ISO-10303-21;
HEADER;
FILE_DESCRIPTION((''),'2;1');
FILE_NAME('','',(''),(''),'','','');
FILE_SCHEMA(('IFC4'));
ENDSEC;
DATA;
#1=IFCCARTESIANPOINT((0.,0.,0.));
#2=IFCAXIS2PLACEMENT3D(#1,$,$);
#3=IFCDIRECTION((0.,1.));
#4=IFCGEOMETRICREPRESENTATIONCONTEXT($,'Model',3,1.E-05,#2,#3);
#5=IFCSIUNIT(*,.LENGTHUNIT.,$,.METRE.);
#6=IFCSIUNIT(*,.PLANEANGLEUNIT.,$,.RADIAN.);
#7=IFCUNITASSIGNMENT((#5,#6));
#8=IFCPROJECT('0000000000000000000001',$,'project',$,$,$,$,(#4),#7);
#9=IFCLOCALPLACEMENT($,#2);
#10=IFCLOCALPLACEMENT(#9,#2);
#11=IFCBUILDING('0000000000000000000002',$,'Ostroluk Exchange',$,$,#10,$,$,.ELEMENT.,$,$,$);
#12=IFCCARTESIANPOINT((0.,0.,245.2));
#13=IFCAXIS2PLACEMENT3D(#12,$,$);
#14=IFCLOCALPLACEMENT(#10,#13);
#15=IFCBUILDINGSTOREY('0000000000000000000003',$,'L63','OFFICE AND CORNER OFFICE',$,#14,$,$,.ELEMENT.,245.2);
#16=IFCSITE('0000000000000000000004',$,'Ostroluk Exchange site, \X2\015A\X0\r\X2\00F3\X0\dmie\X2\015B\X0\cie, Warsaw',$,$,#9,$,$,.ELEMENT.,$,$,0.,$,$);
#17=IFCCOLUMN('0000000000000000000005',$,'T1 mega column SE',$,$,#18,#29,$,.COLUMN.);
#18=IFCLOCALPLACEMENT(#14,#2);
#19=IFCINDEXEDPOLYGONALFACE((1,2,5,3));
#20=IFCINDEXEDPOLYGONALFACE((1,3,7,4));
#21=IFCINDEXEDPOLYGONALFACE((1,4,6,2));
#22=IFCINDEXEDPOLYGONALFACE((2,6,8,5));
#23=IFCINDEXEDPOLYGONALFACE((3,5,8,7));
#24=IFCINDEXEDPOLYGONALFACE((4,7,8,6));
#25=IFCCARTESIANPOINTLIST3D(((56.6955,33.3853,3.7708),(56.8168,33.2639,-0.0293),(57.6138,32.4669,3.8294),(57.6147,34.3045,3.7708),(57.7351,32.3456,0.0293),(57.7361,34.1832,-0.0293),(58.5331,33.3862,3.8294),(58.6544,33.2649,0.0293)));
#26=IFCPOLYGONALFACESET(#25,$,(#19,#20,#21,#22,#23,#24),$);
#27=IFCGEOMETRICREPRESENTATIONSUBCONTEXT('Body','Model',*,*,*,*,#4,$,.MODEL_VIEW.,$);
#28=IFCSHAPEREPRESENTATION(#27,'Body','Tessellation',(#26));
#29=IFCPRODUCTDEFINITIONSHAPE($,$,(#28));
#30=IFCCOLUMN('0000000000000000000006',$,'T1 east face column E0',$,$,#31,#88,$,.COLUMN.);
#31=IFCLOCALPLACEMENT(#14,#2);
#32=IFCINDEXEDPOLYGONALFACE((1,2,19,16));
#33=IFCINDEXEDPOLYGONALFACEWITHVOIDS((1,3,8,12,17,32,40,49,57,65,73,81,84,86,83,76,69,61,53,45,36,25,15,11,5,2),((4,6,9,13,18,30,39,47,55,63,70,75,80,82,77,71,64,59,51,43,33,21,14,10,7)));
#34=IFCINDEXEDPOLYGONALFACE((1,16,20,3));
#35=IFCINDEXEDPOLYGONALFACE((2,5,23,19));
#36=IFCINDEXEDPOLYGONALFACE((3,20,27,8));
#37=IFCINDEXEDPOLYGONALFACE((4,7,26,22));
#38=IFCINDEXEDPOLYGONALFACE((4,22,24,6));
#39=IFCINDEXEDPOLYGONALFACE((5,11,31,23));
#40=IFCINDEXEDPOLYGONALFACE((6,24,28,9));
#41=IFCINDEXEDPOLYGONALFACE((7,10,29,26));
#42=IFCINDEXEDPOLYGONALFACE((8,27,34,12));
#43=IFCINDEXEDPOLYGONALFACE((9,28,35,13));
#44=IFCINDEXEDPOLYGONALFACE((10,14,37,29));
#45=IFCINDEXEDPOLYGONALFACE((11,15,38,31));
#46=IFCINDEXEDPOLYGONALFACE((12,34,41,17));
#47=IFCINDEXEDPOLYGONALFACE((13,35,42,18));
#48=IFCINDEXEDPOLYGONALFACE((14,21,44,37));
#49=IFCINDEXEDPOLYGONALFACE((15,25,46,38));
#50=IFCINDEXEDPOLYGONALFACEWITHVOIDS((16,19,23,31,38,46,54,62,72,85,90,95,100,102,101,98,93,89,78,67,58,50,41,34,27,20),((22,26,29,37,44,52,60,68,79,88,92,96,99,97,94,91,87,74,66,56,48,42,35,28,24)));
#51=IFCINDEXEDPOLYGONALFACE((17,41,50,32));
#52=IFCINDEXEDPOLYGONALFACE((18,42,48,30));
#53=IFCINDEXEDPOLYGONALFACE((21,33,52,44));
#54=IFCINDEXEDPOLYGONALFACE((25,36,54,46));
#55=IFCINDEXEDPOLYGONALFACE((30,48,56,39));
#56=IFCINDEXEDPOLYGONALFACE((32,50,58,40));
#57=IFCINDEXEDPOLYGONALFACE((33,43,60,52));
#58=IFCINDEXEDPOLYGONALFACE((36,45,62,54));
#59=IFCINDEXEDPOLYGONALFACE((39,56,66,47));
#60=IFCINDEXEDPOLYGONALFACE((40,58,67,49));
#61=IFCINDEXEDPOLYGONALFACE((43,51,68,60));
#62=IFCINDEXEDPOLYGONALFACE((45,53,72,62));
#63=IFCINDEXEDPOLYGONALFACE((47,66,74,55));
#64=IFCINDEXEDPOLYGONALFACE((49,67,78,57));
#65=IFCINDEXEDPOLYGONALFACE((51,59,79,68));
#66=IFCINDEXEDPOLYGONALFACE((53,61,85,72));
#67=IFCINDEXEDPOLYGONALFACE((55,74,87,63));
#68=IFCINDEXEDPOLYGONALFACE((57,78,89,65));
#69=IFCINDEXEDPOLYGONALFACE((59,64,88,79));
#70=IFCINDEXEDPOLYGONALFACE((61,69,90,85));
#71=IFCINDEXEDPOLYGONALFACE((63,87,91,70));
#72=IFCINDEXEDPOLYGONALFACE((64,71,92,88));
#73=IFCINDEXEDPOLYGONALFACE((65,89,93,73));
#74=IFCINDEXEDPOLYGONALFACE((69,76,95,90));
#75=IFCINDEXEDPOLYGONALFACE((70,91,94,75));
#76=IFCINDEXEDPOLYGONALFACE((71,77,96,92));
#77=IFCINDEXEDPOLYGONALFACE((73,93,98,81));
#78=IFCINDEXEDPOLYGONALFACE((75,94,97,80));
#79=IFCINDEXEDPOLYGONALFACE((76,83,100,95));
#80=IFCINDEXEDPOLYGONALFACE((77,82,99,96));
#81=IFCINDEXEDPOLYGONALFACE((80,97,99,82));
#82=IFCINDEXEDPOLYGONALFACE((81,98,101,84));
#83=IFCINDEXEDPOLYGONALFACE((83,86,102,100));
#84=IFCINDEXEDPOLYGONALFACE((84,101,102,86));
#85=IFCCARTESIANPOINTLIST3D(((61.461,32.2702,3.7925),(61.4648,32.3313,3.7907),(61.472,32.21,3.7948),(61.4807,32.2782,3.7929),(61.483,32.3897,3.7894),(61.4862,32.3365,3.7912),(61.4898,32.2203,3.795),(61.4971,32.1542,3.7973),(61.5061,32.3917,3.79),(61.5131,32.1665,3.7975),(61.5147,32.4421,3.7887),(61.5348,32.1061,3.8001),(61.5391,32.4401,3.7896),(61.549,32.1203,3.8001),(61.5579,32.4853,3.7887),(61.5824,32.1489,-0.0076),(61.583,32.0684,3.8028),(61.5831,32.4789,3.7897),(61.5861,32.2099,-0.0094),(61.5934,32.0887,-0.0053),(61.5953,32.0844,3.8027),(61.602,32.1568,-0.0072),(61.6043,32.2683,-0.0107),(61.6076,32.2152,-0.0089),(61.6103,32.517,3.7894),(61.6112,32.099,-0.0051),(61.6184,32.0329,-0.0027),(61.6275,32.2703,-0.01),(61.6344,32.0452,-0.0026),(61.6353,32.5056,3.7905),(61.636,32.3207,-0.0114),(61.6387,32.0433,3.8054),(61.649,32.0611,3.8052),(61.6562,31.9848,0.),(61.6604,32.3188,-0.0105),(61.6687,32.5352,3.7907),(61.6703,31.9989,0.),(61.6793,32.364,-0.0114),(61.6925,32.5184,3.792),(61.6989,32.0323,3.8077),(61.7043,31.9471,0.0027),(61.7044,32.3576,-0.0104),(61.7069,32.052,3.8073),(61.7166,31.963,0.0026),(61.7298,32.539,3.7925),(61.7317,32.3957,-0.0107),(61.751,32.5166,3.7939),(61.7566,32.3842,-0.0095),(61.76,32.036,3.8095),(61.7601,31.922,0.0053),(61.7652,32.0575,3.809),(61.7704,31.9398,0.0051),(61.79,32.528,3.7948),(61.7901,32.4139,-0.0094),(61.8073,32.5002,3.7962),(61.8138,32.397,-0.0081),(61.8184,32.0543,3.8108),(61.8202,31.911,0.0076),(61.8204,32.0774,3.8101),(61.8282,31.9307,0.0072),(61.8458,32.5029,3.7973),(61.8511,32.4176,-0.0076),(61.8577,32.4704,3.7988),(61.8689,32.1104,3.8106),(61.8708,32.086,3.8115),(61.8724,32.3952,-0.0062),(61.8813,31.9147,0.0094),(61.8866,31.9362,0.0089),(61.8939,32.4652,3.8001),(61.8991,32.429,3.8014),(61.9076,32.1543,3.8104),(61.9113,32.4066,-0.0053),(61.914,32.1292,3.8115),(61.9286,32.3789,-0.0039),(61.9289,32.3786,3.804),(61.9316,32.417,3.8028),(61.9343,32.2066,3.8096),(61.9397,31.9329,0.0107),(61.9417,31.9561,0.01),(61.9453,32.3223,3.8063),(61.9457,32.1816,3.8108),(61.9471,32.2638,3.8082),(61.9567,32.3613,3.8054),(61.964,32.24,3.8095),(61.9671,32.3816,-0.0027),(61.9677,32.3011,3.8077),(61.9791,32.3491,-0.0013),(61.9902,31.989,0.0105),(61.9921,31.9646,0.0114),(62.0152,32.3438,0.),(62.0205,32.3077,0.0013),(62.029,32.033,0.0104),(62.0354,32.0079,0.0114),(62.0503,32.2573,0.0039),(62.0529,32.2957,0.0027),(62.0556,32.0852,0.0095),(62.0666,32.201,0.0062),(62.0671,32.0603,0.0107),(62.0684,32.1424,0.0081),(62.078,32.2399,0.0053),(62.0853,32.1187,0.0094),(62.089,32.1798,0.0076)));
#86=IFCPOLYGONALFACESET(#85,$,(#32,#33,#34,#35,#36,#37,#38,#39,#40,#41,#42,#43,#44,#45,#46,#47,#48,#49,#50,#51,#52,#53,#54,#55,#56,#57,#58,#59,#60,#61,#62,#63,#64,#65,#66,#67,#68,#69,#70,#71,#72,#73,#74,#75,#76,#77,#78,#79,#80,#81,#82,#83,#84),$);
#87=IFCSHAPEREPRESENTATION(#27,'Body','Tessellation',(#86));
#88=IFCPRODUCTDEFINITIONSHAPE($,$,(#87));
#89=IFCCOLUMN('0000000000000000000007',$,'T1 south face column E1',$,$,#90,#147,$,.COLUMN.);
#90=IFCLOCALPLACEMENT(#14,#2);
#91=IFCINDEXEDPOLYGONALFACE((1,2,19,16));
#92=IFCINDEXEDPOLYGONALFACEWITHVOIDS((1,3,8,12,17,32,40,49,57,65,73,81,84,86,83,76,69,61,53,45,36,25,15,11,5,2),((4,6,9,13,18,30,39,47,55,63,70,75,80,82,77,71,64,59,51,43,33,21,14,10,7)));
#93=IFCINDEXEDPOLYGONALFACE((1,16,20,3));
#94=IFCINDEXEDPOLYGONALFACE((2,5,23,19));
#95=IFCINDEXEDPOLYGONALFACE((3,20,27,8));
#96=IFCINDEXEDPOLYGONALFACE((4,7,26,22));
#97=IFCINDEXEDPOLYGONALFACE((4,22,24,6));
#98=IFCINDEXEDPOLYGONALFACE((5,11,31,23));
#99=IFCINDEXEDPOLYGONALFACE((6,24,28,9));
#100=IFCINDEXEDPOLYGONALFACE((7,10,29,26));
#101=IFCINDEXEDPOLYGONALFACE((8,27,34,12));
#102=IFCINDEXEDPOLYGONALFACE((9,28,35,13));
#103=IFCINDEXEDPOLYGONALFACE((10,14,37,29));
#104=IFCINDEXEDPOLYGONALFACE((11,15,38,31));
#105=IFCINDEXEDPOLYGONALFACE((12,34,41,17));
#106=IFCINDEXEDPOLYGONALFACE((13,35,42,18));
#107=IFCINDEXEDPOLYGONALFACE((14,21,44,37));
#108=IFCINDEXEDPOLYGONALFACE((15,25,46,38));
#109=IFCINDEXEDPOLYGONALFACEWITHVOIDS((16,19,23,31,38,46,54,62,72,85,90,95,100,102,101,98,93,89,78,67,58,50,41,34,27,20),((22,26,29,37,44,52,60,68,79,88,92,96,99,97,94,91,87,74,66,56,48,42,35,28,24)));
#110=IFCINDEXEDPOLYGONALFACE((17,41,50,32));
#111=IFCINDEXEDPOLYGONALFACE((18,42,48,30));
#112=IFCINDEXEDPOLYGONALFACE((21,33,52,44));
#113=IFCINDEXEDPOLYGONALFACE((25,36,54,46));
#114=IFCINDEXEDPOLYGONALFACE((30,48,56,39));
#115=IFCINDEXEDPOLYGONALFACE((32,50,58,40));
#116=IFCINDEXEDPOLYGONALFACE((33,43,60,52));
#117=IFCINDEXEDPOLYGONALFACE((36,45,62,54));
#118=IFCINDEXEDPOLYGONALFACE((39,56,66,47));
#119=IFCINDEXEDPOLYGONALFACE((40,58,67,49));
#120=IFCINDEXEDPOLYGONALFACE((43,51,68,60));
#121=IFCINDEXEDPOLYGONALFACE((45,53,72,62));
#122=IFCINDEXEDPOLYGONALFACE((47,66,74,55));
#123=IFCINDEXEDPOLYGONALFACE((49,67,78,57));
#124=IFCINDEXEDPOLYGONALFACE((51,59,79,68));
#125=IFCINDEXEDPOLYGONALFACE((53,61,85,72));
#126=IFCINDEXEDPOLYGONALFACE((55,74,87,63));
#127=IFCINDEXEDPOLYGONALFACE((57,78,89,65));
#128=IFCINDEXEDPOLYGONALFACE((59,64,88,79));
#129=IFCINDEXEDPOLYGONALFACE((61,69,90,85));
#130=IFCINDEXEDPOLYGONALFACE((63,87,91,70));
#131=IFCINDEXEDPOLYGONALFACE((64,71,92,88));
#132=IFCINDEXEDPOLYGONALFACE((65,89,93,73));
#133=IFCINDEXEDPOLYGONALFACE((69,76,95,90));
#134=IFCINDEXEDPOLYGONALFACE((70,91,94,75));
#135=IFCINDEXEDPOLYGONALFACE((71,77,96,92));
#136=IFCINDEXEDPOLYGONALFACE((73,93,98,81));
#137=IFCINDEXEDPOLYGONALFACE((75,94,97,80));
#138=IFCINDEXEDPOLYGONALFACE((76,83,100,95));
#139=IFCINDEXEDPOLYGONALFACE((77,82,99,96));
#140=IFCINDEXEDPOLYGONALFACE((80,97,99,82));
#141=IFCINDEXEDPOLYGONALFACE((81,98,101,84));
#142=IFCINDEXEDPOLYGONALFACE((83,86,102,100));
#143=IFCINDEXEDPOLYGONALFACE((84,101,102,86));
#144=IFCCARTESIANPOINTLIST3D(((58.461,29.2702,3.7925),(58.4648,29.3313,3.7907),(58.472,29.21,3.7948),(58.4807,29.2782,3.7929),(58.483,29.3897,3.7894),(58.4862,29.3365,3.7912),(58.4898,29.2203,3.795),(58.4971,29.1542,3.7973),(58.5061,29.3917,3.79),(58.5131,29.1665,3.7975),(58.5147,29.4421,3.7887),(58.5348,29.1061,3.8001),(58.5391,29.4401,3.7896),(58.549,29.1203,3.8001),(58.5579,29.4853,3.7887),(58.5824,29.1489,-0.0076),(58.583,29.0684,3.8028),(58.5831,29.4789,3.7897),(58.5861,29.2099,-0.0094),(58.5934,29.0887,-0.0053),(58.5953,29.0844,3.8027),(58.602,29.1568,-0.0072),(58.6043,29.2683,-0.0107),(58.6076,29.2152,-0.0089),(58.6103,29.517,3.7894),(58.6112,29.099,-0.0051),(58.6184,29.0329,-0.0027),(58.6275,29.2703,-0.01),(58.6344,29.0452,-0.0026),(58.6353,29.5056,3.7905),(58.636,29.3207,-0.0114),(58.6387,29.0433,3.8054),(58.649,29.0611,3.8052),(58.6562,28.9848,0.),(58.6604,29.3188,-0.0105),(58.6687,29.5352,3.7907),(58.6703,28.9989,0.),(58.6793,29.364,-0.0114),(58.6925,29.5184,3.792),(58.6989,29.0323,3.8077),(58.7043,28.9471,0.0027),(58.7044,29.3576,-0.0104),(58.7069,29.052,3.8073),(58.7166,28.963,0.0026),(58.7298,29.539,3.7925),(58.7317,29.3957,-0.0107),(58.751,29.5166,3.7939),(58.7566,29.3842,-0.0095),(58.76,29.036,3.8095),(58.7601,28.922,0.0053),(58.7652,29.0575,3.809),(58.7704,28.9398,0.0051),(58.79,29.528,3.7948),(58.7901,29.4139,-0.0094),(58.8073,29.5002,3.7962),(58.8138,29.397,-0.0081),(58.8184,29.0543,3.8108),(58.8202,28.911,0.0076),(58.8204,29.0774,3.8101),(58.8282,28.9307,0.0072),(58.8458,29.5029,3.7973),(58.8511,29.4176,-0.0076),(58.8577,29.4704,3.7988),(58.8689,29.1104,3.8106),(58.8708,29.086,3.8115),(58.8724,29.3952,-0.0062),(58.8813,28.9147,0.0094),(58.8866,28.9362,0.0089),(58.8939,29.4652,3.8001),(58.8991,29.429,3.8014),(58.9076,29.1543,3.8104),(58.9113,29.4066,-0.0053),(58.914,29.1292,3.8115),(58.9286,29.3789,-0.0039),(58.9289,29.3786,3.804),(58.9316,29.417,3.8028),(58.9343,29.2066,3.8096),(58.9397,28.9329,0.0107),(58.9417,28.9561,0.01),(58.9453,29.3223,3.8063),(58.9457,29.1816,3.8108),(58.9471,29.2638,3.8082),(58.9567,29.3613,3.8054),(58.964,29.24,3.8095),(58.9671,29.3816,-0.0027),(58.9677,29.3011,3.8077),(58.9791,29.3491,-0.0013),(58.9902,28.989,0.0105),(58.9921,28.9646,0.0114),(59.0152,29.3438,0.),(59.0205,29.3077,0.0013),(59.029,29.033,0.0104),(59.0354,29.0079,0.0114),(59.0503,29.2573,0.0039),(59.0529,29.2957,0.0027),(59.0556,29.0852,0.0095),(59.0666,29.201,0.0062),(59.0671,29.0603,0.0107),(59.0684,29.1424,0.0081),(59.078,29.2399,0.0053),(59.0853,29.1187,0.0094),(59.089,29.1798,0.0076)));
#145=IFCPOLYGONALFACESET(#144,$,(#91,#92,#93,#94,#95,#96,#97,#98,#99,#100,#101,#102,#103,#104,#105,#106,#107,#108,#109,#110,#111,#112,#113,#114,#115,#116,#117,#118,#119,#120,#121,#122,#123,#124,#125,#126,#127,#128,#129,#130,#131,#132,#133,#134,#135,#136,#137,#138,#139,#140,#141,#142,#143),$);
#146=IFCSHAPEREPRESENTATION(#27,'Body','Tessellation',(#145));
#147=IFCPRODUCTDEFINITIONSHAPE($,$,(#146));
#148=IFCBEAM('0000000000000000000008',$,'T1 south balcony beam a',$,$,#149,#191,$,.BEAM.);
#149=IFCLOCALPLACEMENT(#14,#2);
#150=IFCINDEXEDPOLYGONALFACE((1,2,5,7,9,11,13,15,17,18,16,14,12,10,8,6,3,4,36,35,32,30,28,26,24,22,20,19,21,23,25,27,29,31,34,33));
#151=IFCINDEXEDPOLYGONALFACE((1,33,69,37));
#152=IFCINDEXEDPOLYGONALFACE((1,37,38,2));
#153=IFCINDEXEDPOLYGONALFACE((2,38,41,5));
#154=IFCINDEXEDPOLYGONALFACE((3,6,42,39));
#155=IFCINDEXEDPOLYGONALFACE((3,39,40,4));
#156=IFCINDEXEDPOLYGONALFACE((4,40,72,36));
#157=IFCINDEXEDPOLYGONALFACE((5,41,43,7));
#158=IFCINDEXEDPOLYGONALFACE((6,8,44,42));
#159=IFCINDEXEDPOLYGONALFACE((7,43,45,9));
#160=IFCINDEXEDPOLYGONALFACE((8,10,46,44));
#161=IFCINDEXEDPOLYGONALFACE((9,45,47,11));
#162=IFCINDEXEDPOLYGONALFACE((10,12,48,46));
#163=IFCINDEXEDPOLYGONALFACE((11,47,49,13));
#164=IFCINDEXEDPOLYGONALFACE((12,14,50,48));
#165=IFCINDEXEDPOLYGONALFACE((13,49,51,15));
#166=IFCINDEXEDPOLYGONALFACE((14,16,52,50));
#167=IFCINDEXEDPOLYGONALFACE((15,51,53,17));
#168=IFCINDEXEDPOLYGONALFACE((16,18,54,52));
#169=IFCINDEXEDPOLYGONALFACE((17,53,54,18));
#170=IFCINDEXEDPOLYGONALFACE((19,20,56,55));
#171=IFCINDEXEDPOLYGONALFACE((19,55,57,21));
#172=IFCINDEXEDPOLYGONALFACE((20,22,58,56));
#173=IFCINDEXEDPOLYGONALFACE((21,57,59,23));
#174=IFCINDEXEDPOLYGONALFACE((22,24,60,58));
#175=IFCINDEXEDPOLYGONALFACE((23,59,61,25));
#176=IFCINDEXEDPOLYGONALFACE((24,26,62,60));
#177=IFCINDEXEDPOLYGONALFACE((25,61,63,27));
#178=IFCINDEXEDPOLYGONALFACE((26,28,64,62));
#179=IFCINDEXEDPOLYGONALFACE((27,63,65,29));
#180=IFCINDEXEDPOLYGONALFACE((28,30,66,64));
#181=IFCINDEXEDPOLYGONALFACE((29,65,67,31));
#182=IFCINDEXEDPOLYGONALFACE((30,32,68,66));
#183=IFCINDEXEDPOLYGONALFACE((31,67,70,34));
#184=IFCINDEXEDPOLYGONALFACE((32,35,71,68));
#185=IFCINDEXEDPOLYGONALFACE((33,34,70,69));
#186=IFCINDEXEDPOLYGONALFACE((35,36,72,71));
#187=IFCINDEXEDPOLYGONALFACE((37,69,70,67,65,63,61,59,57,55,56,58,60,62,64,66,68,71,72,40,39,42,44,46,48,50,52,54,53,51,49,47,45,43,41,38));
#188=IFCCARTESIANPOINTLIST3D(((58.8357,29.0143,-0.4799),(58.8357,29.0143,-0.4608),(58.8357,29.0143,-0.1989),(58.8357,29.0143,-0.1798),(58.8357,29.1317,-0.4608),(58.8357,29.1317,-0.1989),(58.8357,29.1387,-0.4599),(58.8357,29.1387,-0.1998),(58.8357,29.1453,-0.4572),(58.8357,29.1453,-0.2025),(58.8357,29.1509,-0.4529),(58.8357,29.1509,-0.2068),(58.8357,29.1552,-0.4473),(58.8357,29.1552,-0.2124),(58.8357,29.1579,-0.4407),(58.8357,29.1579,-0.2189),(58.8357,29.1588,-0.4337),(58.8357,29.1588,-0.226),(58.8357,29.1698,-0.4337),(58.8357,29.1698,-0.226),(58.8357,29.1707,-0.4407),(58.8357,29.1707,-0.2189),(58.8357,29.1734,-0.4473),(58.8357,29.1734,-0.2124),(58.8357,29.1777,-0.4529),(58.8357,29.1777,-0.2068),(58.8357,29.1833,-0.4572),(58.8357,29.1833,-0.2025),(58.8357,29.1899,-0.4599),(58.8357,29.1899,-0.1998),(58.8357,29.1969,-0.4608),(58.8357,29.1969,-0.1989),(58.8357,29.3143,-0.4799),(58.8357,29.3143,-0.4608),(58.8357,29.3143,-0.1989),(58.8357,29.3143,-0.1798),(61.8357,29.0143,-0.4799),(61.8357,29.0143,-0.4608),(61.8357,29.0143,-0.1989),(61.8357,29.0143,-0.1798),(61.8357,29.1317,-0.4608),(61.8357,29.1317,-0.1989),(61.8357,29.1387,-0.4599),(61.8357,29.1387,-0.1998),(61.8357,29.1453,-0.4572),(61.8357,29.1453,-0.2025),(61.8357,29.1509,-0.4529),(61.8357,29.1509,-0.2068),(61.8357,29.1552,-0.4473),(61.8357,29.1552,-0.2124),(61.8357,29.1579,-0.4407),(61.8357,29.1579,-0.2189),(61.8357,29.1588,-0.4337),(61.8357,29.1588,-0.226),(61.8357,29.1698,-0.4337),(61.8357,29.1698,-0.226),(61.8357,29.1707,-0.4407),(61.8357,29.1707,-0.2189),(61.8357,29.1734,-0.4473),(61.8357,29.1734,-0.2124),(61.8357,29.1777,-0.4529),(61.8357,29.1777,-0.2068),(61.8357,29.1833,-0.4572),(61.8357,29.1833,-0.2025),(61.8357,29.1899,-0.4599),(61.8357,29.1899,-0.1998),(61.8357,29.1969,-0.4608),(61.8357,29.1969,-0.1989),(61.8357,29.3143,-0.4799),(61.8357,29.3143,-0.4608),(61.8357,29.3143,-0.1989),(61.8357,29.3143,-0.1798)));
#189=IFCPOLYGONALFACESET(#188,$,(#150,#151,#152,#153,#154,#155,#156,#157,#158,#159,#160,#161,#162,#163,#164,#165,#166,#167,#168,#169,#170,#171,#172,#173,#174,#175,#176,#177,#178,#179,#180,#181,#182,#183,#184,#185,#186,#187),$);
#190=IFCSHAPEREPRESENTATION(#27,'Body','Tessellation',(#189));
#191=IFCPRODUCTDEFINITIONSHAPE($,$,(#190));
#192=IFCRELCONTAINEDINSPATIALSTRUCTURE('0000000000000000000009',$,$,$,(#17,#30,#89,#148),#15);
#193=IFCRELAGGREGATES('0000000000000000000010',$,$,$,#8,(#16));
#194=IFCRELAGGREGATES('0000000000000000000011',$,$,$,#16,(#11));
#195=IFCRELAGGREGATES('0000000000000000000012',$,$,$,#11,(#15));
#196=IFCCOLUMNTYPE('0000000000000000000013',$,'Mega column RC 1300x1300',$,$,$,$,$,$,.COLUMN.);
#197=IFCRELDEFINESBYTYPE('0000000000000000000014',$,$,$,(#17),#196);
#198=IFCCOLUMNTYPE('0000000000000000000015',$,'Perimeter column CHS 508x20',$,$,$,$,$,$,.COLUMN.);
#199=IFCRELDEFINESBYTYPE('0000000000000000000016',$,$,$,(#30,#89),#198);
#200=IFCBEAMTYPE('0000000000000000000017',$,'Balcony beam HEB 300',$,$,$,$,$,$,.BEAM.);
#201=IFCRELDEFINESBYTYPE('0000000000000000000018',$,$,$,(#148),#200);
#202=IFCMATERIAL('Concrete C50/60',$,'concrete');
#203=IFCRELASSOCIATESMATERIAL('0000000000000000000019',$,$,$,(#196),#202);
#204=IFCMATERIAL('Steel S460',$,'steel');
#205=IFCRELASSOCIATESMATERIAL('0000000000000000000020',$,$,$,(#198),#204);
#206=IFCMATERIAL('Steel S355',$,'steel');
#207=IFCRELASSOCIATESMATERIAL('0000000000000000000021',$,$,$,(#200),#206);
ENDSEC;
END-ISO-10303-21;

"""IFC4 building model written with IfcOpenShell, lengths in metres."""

from ifc_helpers import new_model, si_unit, direction, frame, origin, origin_2d, place, context, subcontext, project, spatial, rectangle, hollow_circle, i_section, extrude, material, material_profile, profile_set, type_object, element, save


model = new_model("IFC4")

# Units and contexts
model_context = context("Model", 3, precision=1e-05, world=origin(), true_north=direction((0.0, 1.0)))
body_context = subcontext(model_context, "Body", "Model", "MODEL_VIEW")
ifc_project = project(units=[si_unit("LENGTHUNIT", "METRE"), si_unit("PLANEANGLEUNIT", "RADIAN")], contexts=[model_context])

# Site, building, storey
site_placement = place(None, origin())
site = spatial("IfcSite", under=ifc_project, at=site_placement, Name="Ostroluk Exchange site, Śródmieście, Warsaw", CompositionType="ELEMENT", RefElevation=0.0)
building_placement = place(site_placement, origin())
building = spatial("IfcBuilding", under=site, at=building_placement, Name="Ostroluk Exchange", CompositionType="ELEMENT")
storey_placement = place(building_placement, frame((0.0, 0.0, 245.2)))
storey = spatial("IfcBuildingStorey", under=building, at=storey_placement, Name="L63", Description="OFFICE AND CORNER OFFICE", CompositionType="ELEMENT", Elevation=245.2)

# Columns
ifc_material_1 = material(Name="Concrete C50/60", Category="concrete")
ifc_material_profile_1 = material_profile(ifc_material_1, rectangle(XDim=1.3, YDim=1.3, at=origin_2d()), Name="RC 1300x1300")
ifc_profile_set_1 = profile_set([ifc_material_profile_1], Name="Concrete C50/60")
column_type_1 = type_object("IfcColumnType", Name="Mega column RC 1300x1300", PredefinedType="COLUMN", material=ifc_profile_set_1)
column_placement = place(storey_placement, frame((57.7356, 33.2644, 0.0), z_axis=(-0.031898, 0.031898, 0.998982), x_axis=(-0.707107, -0.707107, 0.0)))
element("IfcColumn", 1, at=column_placement, inside=storey, type_object=column_type_1, Name="T1 mega column SE", PredefinedType="COLUMN", context=body_context, shape_type="SweptSolid", body=[
    extrude(rectangle(XDim=1.3, YDim=1.3, at=origin_2d()), origin(), (0.0, 0.0, 1.0), 3.804),
])
ifc_material_2 = material(Name="Steel S460", Category="steel")
ifc_material_profile_2 = material_profile(ifc_material_2, hollow_circle(Radius=0.2539, WallThickness=0.02, at=origin_2d()), Name="CHS 508x20")
ifc_profile_set_2 = profile_set([ifc_material_profile_2], Name="Steel S460")
column_type_2 = type_object("IfcColumnType", Name="Perimeter column CHS 508x20", PredefinedType="COLUMN", material=ifc_profile_set_2)
for number, where, z_axis, x_axis, name in (
    (2, (61.8357, 32.1643, 0.0), (-0.031898, 0.031898, 0.998982), (-0.707107, -0.707107, 0.0), "T1 east face column E0"),
    (3, (58.8357, 29.1643, 0.0), (-0.031898, 0.031898, 0.998982), (-0.707107, -0.707107, 0.0), "T1 south face column E1"),
):
    element("IfcColumn", number, at=place(storey_placement, frame(where, z_axis=z_axis, x_axis=x_axis)), inside=storey, type_object=column_type_2, Name=name, PredefinedType="COLUMN", context=body_context, shape_type="SweptSolid", body=[
        extrude(hollow_circle(Radius=0.2539, WallThickness=0.02, at=origin_2d()), origin(), (0.0, 0.0, 1.0), 3.804),
    ])

# Beam
ifc_material_3 = material(Name="Steel S355", Category="steel")
ifc_material_profile_3 = material_profile(ifc_material_3, i_section(OverallWidth=0.3, OverallDepth=0.3, WebThickness=0.011, FlangeThickness=0.019, FilletRadius=0.0271, at=origin_2d()), Name="HEB 300")
ifc_profile_set_3 = profile_set([ifc_material_profile_3], Name="Steel S355")
beam_type_1 = type_object("IfcBeamType", Name="Balcony beam HEB 300", PredefinedType="BEAM", material=ifc_profile_set_3)
for number, where, z_axis, x_axis, name in (
    (4, (58.8357, 29.1643, -0.3298), (1.0, 0.0, 0.0), (0.0, 1.0, 0.0), "T1 south balcony beam a"),
):
    element("IfcBeam", number, at=place(storey_placement, frame(where, z_axis=z_axis, x_axis=x_axis)), inside=storey, type_object=beam_type_1, Name=name, PredefinedType="BEAM", context=body_context, shape_type="SweptSolid", body=[
        extrude(i_section(OverallWidth=0.3, OverallDepth=0.3, WebThickness=0.011, FlangeThickness=0.019, FilletRadius=0.0271, at=origin_2d()), origin(), (0.0, 0.0, 1.0), 3.0),
    ])

save(model, "model.ifc")
